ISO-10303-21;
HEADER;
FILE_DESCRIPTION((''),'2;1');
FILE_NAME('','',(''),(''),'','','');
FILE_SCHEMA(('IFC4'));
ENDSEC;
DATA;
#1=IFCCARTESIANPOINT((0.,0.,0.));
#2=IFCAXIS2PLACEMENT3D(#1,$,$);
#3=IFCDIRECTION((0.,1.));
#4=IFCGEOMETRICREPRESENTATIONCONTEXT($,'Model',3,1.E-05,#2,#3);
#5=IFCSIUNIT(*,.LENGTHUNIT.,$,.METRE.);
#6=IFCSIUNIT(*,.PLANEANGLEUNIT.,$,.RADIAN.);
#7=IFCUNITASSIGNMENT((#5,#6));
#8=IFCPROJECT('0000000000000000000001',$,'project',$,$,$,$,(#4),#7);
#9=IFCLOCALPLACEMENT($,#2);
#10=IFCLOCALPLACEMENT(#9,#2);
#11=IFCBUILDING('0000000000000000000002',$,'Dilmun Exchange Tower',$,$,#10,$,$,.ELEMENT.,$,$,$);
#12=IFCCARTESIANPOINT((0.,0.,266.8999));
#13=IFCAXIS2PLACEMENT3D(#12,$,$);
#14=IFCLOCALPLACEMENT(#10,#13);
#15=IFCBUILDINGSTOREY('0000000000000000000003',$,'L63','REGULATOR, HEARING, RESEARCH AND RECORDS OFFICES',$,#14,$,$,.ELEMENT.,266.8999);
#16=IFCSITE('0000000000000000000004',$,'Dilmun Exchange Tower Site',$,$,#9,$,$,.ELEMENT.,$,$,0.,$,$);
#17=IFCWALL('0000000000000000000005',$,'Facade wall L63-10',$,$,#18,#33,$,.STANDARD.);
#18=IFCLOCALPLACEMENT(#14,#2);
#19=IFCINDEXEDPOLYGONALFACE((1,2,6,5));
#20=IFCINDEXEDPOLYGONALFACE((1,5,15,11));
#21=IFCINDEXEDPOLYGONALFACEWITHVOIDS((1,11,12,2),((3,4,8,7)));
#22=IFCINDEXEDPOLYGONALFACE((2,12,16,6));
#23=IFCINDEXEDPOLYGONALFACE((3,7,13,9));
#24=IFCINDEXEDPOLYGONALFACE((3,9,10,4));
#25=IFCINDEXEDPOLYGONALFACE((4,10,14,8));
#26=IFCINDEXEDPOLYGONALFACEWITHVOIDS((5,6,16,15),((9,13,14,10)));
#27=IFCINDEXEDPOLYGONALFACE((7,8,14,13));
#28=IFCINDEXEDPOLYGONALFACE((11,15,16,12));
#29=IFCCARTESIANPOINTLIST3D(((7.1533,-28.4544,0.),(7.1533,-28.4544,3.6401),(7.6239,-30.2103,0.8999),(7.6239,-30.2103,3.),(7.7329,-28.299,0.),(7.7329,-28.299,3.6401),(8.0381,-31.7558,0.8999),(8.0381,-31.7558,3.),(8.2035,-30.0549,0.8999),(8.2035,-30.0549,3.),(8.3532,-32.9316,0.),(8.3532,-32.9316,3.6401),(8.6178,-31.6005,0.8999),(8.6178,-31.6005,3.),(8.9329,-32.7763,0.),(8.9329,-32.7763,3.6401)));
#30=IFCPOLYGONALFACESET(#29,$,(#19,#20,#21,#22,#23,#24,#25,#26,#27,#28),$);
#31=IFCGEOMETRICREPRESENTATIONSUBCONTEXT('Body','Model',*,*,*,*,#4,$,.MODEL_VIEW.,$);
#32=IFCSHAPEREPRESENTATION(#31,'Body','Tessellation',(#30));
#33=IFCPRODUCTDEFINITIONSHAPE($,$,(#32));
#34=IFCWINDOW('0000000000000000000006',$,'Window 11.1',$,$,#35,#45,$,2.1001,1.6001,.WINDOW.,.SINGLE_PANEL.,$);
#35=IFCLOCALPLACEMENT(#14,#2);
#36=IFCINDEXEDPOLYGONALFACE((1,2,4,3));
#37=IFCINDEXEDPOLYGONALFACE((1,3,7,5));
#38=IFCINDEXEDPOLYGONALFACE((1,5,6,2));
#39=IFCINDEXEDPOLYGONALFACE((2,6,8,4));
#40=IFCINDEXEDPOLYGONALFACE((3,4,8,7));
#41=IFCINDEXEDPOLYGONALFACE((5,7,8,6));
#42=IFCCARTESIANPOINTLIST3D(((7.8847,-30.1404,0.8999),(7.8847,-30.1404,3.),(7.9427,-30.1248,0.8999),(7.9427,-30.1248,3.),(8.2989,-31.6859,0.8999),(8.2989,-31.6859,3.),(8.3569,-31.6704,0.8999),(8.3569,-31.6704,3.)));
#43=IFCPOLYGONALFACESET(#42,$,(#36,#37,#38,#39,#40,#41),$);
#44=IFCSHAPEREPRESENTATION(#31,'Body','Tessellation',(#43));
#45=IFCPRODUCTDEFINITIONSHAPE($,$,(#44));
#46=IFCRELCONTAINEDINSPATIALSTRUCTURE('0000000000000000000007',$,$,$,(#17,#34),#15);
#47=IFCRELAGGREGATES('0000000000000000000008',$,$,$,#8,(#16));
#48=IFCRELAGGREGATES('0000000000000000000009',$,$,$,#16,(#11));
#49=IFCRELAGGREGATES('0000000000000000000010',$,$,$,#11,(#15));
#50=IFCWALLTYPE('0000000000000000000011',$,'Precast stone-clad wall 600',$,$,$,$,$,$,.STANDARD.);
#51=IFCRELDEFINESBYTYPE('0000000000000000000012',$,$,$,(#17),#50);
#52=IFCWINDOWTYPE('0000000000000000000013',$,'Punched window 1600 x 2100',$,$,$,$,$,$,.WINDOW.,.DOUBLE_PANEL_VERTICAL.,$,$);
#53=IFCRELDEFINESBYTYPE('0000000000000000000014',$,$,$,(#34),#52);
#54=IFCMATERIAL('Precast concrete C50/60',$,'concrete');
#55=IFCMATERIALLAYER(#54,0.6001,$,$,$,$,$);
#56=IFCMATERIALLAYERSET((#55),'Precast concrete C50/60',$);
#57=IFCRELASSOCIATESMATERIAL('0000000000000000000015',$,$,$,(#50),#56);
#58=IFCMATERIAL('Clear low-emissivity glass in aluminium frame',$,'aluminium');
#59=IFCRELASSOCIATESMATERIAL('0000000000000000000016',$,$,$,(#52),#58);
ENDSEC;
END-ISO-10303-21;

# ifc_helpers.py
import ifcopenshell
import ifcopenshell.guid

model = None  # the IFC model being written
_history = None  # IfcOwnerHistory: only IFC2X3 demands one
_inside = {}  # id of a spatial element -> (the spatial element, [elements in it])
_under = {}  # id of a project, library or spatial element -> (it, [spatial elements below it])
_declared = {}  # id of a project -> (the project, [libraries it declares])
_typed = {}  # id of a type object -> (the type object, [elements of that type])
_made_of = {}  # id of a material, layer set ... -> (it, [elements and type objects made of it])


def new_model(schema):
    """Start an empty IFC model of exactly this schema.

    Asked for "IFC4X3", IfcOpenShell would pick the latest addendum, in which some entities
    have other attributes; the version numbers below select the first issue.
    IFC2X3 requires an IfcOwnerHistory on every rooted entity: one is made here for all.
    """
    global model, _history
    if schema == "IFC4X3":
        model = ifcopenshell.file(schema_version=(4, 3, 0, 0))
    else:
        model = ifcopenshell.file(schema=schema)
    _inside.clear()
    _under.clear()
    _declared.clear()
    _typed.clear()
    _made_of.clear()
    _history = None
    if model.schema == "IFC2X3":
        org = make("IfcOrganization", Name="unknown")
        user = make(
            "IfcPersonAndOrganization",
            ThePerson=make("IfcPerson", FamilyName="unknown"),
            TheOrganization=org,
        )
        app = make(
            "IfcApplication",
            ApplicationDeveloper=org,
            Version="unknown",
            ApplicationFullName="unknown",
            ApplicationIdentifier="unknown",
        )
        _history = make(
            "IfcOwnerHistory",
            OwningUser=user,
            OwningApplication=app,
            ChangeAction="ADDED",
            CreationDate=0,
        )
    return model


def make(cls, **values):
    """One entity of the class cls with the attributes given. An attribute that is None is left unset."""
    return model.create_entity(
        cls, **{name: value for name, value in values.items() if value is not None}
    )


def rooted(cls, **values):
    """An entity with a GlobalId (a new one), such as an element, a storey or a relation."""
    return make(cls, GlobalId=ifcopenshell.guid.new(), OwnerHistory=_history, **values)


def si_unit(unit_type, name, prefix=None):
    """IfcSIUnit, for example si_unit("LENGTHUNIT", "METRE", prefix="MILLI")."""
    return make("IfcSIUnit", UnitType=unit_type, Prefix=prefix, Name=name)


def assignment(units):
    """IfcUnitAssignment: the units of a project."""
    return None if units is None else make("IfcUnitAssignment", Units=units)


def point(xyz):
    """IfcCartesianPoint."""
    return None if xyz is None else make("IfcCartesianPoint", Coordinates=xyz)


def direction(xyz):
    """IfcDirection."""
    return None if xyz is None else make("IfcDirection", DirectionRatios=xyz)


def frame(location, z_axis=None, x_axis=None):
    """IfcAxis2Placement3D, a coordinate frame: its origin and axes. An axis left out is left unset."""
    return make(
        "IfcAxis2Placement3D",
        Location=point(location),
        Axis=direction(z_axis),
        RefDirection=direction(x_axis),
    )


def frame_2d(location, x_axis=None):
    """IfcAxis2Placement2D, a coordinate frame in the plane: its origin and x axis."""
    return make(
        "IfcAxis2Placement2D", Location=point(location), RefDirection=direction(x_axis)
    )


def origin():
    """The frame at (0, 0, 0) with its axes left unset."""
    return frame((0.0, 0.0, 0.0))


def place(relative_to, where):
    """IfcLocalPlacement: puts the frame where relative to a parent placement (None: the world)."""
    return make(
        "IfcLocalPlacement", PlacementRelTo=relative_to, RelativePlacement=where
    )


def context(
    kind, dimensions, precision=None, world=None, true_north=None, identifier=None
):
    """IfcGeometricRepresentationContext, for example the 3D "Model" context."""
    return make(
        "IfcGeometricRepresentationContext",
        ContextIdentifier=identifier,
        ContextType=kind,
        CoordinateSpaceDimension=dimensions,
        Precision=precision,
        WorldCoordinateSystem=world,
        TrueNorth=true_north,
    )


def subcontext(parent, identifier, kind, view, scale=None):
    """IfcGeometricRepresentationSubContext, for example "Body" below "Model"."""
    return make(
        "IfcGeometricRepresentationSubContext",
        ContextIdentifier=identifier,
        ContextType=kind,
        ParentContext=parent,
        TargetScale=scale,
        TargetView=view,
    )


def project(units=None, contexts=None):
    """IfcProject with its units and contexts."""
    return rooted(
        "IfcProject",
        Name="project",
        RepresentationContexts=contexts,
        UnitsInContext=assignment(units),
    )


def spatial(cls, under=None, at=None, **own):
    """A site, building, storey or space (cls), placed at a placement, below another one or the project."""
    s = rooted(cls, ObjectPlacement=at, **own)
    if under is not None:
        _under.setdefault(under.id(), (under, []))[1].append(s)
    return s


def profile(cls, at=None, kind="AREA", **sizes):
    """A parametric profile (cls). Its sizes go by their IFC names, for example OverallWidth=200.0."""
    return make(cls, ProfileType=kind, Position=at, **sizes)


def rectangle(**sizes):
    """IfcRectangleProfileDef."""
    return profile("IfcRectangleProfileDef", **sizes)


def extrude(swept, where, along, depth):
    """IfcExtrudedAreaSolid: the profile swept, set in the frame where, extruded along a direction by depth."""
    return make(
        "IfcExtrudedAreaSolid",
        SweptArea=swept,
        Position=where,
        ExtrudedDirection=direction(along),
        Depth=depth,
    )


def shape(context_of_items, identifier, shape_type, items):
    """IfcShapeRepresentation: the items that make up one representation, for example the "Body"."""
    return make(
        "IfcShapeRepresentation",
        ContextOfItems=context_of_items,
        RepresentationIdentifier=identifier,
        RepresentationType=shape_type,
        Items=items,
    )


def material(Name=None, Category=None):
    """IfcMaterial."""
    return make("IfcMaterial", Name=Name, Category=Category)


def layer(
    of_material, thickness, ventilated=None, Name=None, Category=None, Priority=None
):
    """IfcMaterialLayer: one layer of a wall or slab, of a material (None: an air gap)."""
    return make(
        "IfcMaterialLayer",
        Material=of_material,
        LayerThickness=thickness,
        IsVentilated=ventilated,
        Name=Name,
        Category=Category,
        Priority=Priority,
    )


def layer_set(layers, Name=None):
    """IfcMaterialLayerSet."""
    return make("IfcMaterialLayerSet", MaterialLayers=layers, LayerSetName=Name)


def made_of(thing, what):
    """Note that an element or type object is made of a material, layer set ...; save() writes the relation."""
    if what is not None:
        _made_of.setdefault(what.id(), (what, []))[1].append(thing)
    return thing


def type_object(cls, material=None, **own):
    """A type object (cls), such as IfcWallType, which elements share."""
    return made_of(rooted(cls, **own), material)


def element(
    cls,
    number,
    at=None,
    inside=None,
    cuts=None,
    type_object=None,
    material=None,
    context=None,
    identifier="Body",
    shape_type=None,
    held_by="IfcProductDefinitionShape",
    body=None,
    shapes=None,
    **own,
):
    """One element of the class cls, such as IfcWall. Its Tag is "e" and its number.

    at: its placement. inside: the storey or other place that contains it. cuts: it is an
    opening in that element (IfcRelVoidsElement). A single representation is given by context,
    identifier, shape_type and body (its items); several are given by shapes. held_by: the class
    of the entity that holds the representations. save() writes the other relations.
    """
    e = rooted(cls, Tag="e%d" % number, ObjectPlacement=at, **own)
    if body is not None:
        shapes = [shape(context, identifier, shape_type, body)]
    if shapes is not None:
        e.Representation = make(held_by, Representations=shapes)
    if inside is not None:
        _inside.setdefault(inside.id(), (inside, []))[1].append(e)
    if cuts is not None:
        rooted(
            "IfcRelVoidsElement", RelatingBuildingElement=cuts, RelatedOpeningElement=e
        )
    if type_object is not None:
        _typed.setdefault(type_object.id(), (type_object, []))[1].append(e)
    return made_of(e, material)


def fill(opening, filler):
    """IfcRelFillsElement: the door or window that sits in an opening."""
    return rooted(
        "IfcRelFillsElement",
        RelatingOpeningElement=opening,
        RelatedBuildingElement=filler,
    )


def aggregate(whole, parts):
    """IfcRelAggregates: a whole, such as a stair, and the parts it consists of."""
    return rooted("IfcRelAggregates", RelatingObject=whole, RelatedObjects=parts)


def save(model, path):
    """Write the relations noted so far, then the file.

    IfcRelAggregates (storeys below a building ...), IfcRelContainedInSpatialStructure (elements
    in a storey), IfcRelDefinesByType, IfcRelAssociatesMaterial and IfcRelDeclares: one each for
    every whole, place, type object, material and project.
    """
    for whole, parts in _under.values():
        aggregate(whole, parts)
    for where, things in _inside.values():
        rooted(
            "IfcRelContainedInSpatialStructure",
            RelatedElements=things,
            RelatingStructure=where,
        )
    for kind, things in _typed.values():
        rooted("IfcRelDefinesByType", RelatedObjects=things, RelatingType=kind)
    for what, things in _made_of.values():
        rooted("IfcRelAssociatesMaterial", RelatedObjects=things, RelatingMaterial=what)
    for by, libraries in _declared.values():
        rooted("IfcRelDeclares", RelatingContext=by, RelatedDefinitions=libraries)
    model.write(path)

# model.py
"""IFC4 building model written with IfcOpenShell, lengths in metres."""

from ifc_helpers import new_model, si_unit, direction, frame, frame_2d, origin, place, context, subcontext, project, spatial, rectangle, extrude, material, layer, layer_set, type_object, element, fill, save


model = new_model("IFC4")

# Units and contexts
model_context = context("Model", 3, precision=1e-05, world=origin(), true_north=direction((0.0, 1.0)))
body_context = subcontext(model_context, "Body", "Model", "MODEL_VIEW")
ifc_project = project(units=[si_unit("LENGTHUNIT", "METRE"), si_unit("PLANEANGLEUNIT", "RADIAN")], contexts=[model_context])

# Site, building, storey
site_placement = place(None, origin())
site = spatial("IfcSite", under=ifc_project, at=site_placement, Name="Dilmun Exchange Tower Site", CompositionType="ELEMENT", RefElevation=0.0)
building_placement = place(site_placement, origin())
building = spatial("IfcBuilding", under=site, at=building_placement, Name="Dilmun Exchange Tower", CompositionType="ELEMENT")
storey_placement = place(building_placement, frame((0.0, 0.0, 266.8999)))
storey = spatial("IfcBuildingStorey", under=building, at=storey_placement, Name="L63", Description="REGULATOR, HEARING, RESEARCH AND RECORDS OFFICES", CompositionType="ELEMENT", Elevation=266.8999)

# Wall, opening, window
ifc_material_1 = material(Name="Precast concrete C50/60", Category="concrete")
ifc_layer_1 = layer(ifc_material_1, 0.6001)
ifc_layer_set_1 = layer_set([ifc_layer_1], Name="Precast concrete C50/60")
wall_type_1 = type_object("IfcWallType", Name="Precast stone-clad wall 600", PredefinedType="STANDARD", material=ifc_layer_set_1)
ifc_material_2 = material(Name="Clear low-emissivity glass in aluminium frame", Category="aluminium")
window_type_1 = type_object("IfcWindowType", Name="Punched window 1600 x 2100", PartitioningType="DOUBLE_PANEL_VERTICAL", PredefinedType="WINDOW", material=ifc_material_2)
wall_1_placement = place(storey_placement, frame((7.4431, -28.3767, 0.0), z_axis=(0.0, 0.0, 1.0), x_axis=(0.258872, -0.965912, 0.0)))
wall_1 = element("IfcWall", 1, at=wall_1_placement, inside=storey, type_object=wall_type_1, Name="Facade wall L63-10", PredefinedType="STANDARD", context=body_context, shape_type="SweptSolid", body=[
    extrude(rectangle(XDim=4.6353, YDim=0.6001, at=frame_2d((2.3176, 0.0))), origin(), (0.0, 0.0, 1.0), 3.6401),
])
opening_1_placement = place(wall_1_placement, frame((1.8179, 0.0, 0.8999)))
opening_1 = element("IfcOpeningElement", 2, at=opening_1_placement, cuts=wall_1, PredefinedType="OPENING", context=body_context, shape_type="SweptSolid", body=[
    extrude(rectangle(XDim=1.6001, YDim=2.1001, at=frame_2d((0.8, 1.05))), frame((0.0, 0.3101, 0.0), z_axis=(0.0, -1.0, 0.0), x_axis=(1.0, 0.0, 0.0)), (0.0, 0.0, 1.0), 0.6201),
])
window_1_placement = place(opening_1_placement, origin())
window_1 = element("IfcWindow", 3, at=window_1_placement, inside=storey, type_object=window_type_1, Name="Window 11.1", OverallHeight=2.1001, OverallWidth=1.6001, PartitioningType="SINGLE_PANEL", PredefinedType="WINDOW", context=body_context, shape_type="SweptSolid", body=[
    extrude(rectangle(XDim=1.6001, YDim=2.1001, at=frame_2d((0.8, 1.05))), frame((0.0, 0.03, 0.0), z_axis=(0.0, -1.0, 0.0), x_axis=(1.0, 0.0, 0.0)), (0.0, 0.0, 1.0), 0.0601),
])
fill(opening_1, window_1)

save(model, "model.ifc")
